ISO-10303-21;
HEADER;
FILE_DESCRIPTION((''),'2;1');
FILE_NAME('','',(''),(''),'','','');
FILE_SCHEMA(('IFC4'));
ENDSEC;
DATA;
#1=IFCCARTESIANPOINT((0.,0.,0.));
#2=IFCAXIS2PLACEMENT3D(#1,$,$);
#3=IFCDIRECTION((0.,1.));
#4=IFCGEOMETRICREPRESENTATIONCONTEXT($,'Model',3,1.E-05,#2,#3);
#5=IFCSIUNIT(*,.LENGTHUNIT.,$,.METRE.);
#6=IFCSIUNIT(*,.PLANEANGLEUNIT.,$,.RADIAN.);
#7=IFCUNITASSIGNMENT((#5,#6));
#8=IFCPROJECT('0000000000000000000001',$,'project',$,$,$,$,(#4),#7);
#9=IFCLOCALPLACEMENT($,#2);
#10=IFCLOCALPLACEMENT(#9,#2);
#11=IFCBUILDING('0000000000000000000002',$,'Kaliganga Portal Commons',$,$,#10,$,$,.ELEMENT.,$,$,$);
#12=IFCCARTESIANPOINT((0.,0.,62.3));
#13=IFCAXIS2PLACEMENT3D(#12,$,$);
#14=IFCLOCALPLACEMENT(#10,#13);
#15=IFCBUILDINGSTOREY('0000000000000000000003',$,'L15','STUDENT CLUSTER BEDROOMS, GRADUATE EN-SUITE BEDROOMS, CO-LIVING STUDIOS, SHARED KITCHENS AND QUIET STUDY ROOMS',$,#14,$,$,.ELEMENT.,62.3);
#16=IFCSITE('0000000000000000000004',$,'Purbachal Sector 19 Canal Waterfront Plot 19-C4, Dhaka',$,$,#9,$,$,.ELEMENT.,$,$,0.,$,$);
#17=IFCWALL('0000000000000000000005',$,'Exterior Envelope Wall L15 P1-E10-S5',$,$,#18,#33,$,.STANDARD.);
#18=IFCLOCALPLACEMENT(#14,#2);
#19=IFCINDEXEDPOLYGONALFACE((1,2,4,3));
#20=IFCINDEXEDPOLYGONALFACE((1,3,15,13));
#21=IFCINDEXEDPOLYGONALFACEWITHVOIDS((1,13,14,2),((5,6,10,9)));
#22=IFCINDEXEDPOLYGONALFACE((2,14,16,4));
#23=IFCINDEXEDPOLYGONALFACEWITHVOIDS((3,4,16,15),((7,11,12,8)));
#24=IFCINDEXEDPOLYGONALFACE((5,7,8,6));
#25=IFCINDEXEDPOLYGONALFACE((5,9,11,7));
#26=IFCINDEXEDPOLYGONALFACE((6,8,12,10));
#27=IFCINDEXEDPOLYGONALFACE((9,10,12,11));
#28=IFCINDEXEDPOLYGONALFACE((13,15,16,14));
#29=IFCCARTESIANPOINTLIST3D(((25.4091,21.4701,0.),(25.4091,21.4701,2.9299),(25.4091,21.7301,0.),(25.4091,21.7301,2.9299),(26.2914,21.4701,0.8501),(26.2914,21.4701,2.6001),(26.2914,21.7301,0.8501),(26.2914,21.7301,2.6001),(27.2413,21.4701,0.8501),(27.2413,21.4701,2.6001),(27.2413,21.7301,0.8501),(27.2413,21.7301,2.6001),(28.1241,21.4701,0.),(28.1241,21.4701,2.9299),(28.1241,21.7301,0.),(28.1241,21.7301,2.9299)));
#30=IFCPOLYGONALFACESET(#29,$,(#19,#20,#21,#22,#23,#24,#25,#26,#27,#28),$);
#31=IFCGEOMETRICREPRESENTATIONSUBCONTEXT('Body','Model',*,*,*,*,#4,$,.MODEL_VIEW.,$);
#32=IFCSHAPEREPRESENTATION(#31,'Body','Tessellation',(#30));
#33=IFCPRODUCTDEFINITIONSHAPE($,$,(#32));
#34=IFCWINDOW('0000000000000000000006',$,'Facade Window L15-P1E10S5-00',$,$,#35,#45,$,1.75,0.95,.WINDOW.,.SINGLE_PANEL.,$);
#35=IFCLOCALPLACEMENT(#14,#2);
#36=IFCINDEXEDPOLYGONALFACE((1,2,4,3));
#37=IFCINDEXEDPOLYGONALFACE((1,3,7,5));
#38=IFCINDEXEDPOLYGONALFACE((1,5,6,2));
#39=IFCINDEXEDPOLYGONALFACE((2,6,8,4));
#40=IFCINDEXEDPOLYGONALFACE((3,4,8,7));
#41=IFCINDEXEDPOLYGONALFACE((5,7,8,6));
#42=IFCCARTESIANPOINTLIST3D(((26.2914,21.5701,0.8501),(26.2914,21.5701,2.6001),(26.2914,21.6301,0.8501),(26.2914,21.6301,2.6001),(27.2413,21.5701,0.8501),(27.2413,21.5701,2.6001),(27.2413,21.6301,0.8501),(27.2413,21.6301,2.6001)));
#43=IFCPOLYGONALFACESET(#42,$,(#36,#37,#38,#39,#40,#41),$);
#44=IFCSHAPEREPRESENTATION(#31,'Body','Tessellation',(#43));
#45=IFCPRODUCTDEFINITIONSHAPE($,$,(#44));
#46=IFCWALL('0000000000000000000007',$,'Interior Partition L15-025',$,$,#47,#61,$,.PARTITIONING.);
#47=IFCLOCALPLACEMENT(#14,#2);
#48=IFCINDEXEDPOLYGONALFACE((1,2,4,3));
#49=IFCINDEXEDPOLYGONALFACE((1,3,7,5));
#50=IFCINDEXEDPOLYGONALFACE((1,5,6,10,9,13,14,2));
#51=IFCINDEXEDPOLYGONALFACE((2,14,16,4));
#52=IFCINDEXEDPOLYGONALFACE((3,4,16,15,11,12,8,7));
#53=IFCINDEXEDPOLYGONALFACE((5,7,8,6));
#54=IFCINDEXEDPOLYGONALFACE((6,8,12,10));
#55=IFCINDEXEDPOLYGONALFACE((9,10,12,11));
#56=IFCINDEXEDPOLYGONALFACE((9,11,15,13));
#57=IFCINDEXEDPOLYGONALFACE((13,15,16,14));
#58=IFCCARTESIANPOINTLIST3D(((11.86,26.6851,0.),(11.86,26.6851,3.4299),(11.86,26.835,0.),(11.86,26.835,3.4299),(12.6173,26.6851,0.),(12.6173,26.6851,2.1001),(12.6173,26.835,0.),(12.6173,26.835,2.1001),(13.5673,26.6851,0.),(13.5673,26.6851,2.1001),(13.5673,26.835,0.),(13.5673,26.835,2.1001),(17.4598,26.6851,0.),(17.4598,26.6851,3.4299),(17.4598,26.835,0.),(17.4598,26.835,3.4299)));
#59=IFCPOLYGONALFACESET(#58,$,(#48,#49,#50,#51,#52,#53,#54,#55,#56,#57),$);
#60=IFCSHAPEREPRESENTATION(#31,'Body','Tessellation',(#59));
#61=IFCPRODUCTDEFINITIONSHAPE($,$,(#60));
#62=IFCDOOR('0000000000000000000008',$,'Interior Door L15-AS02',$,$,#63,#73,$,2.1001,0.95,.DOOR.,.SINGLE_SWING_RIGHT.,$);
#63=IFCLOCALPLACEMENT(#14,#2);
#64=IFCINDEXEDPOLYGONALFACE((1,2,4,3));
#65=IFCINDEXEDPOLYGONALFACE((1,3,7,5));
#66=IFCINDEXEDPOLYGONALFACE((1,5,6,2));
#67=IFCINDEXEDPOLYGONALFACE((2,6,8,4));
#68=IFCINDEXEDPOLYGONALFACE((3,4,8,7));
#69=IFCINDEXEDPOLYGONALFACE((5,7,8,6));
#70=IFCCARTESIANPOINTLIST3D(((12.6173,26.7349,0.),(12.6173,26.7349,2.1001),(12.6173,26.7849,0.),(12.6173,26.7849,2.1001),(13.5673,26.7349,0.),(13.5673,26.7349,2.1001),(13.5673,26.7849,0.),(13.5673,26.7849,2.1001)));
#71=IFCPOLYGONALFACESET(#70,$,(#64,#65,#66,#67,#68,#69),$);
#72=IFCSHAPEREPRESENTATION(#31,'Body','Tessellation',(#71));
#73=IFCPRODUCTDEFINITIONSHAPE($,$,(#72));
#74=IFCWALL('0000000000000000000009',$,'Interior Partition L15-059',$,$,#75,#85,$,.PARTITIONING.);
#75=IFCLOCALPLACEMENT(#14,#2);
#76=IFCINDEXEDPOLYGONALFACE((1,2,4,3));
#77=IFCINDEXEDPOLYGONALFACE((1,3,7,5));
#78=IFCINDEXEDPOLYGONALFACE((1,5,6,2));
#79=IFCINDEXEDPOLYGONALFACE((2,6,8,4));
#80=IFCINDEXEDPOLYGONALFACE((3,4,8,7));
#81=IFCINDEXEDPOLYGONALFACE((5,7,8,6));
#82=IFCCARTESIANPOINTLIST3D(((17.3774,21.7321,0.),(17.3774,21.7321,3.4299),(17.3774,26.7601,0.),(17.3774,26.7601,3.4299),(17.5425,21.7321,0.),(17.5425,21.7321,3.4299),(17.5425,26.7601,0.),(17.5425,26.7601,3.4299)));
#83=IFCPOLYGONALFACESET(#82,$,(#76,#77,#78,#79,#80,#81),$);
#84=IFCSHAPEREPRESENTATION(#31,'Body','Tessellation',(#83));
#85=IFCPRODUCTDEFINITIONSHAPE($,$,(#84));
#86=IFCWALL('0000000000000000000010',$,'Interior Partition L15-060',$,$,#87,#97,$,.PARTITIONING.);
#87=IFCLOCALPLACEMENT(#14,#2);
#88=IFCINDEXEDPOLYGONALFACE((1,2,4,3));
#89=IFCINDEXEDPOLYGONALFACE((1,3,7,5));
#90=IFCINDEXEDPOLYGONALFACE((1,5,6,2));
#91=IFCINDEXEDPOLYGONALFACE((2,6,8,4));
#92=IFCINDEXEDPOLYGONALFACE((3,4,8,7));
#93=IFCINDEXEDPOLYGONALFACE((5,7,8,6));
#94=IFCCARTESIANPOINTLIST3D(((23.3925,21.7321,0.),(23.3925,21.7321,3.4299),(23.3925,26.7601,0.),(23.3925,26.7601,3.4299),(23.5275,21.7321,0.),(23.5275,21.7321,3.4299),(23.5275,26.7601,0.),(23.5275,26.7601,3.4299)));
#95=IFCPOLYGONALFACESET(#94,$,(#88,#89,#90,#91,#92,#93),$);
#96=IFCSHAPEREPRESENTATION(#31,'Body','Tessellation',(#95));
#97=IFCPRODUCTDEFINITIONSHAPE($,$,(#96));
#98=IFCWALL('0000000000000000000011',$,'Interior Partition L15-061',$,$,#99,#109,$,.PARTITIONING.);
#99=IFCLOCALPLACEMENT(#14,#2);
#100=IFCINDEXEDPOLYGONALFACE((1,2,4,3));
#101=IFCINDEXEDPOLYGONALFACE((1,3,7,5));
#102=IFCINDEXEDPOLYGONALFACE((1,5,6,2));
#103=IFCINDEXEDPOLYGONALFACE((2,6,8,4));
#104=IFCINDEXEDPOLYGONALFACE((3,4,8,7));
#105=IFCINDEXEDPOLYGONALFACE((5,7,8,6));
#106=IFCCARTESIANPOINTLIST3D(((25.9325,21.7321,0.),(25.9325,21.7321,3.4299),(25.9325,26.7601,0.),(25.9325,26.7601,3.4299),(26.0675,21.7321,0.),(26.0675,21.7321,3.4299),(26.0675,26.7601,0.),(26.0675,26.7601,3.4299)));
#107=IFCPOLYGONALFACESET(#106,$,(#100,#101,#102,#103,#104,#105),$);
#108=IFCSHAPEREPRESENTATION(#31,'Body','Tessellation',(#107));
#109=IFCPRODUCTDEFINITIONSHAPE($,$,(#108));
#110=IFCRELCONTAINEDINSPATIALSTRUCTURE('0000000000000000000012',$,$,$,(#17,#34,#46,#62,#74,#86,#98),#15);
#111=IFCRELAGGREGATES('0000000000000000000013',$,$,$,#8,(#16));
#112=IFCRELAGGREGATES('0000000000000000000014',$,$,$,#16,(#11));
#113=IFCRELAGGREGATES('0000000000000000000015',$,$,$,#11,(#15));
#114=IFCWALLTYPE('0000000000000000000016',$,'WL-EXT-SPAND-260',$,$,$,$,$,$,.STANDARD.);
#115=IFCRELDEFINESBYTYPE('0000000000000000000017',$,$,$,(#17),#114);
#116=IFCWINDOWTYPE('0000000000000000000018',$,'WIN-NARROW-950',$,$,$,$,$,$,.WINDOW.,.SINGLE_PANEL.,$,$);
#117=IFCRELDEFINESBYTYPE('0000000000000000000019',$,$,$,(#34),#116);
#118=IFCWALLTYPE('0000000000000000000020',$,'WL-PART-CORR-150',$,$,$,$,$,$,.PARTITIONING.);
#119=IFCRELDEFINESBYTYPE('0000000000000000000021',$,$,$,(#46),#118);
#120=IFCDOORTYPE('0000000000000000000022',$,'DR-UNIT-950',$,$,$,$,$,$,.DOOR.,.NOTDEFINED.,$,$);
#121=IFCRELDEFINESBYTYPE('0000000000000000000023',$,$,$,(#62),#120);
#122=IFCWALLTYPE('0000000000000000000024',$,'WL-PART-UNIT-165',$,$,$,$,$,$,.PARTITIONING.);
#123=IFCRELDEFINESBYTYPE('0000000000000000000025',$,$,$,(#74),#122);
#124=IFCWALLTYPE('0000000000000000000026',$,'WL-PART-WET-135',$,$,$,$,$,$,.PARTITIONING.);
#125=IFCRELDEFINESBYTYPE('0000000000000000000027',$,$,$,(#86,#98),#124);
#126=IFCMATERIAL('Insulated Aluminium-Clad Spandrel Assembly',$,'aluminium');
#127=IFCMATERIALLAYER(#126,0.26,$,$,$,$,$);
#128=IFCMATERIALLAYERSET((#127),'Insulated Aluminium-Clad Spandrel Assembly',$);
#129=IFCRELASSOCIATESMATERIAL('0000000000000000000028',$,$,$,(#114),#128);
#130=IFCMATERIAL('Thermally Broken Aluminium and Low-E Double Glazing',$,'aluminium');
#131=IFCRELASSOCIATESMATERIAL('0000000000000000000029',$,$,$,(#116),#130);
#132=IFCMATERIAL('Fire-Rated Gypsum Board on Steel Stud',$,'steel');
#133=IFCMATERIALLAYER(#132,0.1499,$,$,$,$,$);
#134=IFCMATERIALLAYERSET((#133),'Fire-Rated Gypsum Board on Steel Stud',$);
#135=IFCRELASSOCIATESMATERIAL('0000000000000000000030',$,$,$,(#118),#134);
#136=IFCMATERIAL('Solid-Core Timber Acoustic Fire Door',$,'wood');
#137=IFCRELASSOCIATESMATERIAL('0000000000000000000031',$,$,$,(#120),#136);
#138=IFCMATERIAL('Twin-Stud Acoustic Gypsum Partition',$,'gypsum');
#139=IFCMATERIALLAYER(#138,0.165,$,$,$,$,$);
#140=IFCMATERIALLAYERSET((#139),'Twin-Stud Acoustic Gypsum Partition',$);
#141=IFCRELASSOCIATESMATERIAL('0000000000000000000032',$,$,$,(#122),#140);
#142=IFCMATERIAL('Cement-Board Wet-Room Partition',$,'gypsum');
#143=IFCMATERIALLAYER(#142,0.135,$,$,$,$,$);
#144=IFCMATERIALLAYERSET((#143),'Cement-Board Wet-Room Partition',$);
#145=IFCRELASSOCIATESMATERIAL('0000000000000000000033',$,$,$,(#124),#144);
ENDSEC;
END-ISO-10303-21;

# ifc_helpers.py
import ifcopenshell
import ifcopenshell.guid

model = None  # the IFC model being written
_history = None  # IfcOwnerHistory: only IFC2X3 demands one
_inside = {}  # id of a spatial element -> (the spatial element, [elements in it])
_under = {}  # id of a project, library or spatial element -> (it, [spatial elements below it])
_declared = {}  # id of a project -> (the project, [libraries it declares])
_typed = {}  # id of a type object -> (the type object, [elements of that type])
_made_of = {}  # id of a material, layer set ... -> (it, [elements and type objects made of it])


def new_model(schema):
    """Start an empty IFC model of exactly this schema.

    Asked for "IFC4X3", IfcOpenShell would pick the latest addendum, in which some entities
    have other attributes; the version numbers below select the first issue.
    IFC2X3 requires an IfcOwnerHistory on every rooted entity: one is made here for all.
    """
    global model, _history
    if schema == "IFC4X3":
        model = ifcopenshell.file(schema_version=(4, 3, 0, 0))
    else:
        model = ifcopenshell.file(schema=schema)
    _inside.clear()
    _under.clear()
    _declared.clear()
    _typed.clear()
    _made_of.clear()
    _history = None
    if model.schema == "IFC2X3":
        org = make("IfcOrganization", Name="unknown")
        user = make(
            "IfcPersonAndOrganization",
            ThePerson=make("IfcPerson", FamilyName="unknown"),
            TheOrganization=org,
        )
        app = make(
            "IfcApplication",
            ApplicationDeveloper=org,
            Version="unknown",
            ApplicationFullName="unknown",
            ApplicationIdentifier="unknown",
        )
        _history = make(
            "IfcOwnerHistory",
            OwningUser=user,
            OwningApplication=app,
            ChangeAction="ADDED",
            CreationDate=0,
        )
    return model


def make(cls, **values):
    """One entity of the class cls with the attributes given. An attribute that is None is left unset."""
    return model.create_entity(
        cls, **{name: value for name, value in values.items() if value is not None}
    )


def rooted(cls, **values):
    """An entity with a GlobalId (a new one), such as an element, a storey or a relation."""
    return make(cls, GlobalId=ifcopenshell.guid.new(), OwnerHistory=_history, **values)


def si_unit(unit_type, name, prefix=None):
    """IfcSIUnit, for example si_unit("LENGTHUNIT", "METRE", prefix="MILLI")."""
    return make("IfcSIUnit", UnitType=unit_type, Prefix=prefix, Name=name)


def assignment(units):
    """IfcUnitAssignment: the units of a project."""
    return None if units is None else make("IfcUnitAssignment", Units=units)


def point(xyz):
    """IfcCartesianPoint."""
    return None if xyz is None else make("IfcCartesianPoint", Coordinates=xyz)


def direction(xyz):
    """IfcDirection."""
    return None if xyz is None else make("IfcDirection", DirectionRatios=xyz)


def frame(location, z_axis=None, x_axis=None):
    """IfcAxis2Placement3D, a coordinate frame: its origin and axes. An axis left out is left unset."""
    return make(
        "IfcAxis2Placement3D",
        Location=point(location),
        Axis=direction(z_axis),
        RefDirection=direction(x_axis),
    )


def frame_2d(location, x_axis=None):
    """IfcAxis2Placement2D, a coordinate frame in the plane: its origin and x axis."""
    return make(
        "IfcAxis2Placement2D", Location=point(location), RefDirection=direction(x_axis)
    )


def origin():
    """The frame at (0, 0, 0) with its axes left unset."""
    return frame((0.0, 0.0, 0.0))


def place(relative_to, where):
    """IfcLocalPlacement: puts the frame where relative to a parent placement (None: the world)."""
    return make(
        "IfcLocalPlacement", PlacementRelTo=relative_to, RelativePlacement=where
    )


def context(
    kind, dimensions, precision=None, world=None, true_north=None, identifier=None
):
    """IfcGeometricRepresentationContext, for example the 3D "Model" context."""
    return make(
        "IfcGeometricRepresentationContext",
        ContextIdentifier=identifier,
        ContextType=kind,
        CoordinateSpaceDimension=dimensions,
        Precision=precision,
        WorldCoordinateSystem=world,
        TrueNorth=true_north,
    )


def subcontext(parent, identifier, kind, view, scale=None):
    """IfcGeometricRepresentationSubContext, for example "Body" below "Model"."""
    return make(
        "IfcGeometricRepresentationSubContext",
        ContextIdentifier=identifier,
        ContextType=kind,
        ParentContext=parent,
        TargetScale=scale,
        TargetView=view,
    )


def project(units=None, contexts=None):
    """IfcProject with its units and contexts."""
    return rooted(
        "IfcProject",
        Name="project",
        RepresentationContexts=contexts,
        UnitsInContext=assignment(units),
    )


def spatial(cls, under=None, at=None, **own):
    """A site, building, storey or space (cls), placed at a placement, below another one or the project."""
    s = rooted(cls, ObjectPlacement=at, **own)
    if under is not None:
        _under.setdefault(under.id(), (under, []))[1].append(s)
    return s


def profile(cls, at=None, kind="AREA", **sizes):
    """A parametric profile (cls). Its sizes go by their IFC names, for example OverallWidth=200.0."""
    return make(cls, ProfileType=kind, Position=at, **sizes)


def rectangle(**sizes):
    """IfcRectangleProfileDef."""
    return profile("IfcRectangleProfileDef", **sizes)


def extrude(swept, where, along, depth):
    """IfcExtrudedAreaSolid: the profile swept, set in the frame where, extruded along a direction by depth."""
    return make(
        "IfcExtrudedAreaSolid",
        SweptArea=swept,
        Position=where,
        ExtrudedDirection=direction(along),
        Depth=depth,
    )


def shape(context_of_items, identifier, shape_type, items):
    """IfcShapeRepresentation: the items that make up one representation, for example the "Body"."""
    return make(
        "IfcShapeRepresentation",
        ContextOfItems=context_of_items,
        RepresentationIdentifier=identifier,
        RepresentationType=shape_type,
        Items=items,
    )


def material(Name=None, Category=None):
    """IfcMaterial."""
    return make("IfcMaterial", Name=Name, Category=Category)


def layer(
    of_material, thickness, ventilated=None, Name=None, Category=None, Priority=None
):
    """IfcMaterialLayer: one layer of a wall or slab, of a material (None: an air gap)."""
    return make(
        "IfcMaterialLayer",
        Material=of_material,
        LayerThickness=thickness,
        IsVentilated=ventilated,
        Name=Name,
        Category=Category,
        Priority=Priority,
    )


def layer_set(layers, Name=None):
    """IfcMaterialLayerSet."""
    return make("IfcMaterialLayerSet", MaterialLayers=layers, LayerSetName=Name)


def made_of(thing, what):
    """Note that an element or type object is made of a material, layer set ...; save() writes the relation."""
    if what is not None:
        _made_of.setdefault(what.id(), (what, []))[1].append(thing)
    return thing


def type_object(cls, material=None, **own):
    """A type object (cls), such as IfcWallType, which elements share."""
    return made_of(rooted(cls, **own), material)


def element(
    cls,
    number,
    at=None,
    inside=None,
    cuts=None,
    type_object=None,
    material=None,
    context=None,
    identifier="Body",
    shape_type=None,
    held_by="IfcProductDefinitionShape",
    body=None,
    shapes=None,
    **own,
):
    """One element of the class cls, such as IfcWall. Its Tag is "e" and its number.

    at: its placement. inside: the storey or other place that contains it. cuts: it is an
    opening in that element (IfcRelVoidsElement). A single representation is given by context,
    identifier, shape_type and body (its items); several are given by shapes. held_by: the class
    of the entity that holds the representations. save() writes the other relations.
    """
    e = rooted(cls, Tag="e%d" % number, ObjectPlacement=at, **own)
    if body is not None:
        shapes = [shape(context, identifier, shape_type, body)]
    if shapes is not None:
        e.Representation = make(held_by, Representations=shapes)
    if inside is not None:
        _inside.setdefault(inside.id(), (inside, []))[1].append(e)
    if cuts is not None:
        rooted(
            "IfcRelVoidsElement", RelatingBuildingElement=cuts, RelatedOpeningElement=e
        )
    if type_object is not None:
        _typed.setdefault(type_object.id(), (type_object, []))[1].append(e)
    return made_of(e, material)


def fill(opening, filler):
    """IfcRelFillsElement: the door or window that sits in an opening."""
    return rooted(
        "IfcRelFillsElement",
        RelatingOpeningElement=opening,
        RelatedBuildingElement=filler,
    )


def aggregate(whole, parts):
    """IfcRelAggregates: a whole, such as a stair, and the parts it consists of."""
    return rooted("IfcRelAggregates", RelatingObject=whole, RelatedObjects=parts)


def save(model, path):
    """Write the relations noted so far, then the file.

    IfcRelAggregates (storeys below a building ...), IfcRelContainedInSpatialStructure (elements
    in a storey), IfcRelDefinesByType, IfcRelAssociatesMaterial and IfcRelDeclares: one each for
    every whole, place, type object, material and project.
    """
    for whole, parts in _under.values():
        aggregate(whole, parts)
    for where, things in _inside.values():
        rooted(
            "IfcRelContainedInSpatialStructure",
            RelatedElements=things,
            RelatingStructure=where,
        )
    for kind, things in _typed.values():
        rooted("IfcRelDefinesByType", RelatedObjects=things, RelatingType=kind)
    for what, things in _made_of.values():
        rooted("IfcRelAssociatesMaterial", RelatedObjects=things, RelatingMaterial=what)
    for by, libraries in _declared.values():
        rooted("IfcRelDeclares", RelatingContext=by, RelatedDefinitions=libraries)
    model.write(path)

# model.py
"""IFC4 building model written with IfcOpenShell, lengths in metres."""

from ifc_helpers import new_model, si_unit, direction, frame, frame_2d, origin, place, context, subcontext, project, spatial, rectangle, extrude, material, layer, layer_set, type_object, element, fill, save


model = new_model("IFC4")

# Units and contexts
model_context = context("Model", 3, precision=1e-05, world=origin(), true_north=direction((0.0, 1.0)))
body_context = subcontext(model_context, "Body", "Model", "MODEL_VIEW")
ifc_project = project(units=[si_unit("LENGTHUNIT", "METRE"), si_unit("PLANEANGLEUNIT", "RADIAN")], contexts=[model_context])

# Site, building, storey
site_placement = place(None, origin())
site = spatial("IfcSite", under=ifc_project, at=site_placement, Name="Purbachal Sector 19 Canal Waterfront Plot 19-C4, Dhaka", CompositionType="ELEMENT", RefElevation=0.0)
building_placement = place(site_placement, origin())
building = spatial("IfcBuilding", under=site, at=building_placement, Name="Kaliganga Portal Commons", CompositionType="ELEMENT")
storey_placement = place(building_placement, frame((0.0, 0.0, 62.3)))
storey = spatial("IfcBuildingStorey", under=building, at=storey_placement, Name="L15", Description="STUDENT CLUSTER BEDROOMS, GRADUATE EN-SUITE BEDROOMS, CO-LIVING STUDIOS, SHARED KITCHENS AND QUIET STUDY ROOMS", CompositionType="ELEMENT", Elevation=62.3)

# Shared definitions
ifc_material_1 = material(Name="Insulated Aluminium-Clad Spandrel Assembly", Category="aluminium")
ifc_layer_1 = layer(ifc_material_1, 0.26)
ifc_layer_set_1 = layer_set([ifc_layer_1], Name="Insulated Aluminium-Clad Spandrel Assembly")
wall_type_1 = type_object("IfcWallType", Name="WL-EXT-SPAND-260", PredefinedType="STANDARD", material=ifc_layer_set_1)
ifc_material_2 = material(Name="Thermally Broken Aluminium and Low-E Double Glazing", Category="aluminium")

# Wall, opening, window
window_type_1 = type_object("IfcWindowType", Name="WIN-NARROW-950", PartitioningType="SINGLE_PANEL", PredefinedType="WINDOW", material=ifc_material_2)
wall_1_placement = place(storey_placement, frame((28.124, 21.6001, 0.0), z_axis=(0.0, 0.0, 1.0), x_axis=(-1.0, 0.0, 0.0)))
wall_1 = element("IfcWall", 1, at=wall_1_placement, inside=storey, type_object=wall_type_1, Name="Exterior Envelope Wall L15 P1-E10-S5", PredefinedType="STANDARD", context=body_context, shape_type="SweptSolid", body=[
    extrude(rectangle(XDim=2.7151, YDim=0.26, at=frame_2d((1.3574, 0.0))), origin(), (0.0, 0.0, 1.0), 2.9299),
])
opening_1_placement = place(wall_1_placement, frame((0.8826, 0.0, 0.8501)))
opening_1 = element("IfcOpeningElement", 2, at=opening_1_placement, cuts=wall_1, PredefinedType="OPENING", context=body_context, shape_type="SweptSolid", body=[
    extrude(rectangle(XDim=0.95, YDim=1.75, at=frame_2d((0.4751, 0.875))), frame((0.0, 0.1401, 0.0), z_axis=(0.0, -1.0, 0.0), x_axis=(1.0, 0.0, 0.0)), (0.0, 0.0, 1.0), 0.28),
])
window_1_placement = place(opening_1_placement, origin())
window_1 = element("IfcWindow", 3, at=window_1_placement, inside=storey, type_object=window_type_1, Name="Facade Window L15-P1E10S5-00", OverallHeight=1.75, OverallWidth=0.95, PartitioningType="SINGLE_PANEL", PredefinedType="WINDOW", context=body_context, shape_type="SweptSolid", body=[
    extrude(rectangle(XDim=0.95, YDim=1.75, at=frame_2d((0.4751, 0.875))), frame((0.0, 0.03, 0.0), z_axis=(0.0, -1.0, 0.0), x_axis=(1.0, 0.0, 0.0)), (0.0, 0.0, 1.0), 0.0601),
])
fill(opening_1, window_1)

# Wall, opening, door
ifc_material_3 = material(Name="Fire-Rated Gypsum Board on Steel Stud", Category="steel")
ifc_layer_2 = layer(ifc_material_3, 0.1499)
ifc_layer_set_2 = layer_set([ifc_layer_2], Name="Fire-Rated Gypsum Board on Steel Stud")
wall_type_2 = type_object("IfcWallType", Name="WL-PART-CORR-150", PredefinedType="PARTITIONING", material=ifc_layer_set_2)
wall_2_placement = place(storey_placement, frame((11.8601, 26.76, 0.0), z_axis=(0.0, 0.0, 1.0), x_axis=(1.0, 0.0, 0.0)))
wall_2 = element("IfcWall", 4, at=wall_2_placement, inside=storey, type_object=wall_type_2, Name="Interior Partition L15-025", PredefinedType="PARTITIONING", context=body_context, shape_type="SweptSolid", body=[
    extrude(rectangle(XDim=5.5999, YDim=0.1499, at=frame_2d((2.7998, 0.0))), origin(), (0.0, 0.0, 1.0), 3.4299),
])
opening_2_placement = place(wall_2_placement, frame((0.7571, 0.0, 0.0)))
opening_2 = element("IfcOpeningElement", 5, at=opening_2_placement, cuts=wall_2, PredefinedType="OPENING", context=body_context, shape_type="SweptSolid", body=[
    extrude(rectangle(XDim=0.95, YDim=2.1001, at=frame_2d((0.4751, 1.05))), frame((0.0, 0.085, 0.0), z_axis=(0.0, -1.0, 0.0), x_axis=(1.0, 0.0, 0.0)), (0.0, 0.0, 1.0), 0.1699),
])
ifc_material_4 = material(Name="Solid-Core Timber Acoustic Fire Door", Category="wood")
door_type = type_object("IfcDoorType", Name="DR-UNIT-950", OperationType="NOTDEFINED", PredefinedType="DOOR", material=ifc_material_4)
door_placement = place(opening_2_placement, origin())
door = element("IfcDoor", 6, at=door_placement, inside=storey, type_object=door_type, Name="Interior Door L15-AS02", OperationType="SINGLE_SWING_RIGHT", OverallHeight=2.1001, OverallWidth=0.95, PredefinedType="DOOR", context=body_context, shape_type="SweptSolid", body=[
    extrude(rectangle(XDim=0.95, YDim=2.1001, at=frame_2d((0.4751, 1.05))), frame((0.0, 0.0249, 0.0), z_axis=(0.0, -1.0, 0.0), x_axis=(1.0, 0.0, 0.0)), (0.0, 0.0, 1.0), 0.05),
])
fill(opening_2, door)

# Walls
ifc_material_5 = material(Name="Twin-Stud Acoustic Gypsum Partition", Category="gypsum")
ifc_layer_3 = layer(ifc_material_5, 0.165)
ifc_layer_set_3 = layer_set([ifc_layer_3], Name="Twin-Stud Acoustic Gypsum Partition")
wall_type_3 = type_object("IfcWallType", Name="WL-PART-UNIT-165", PredefinedType="PARTITIONING", material=ifc_layer_set_3)
wall_3_placement = place(storey_placement, frame((17.46, 21.7319, 0.0), z_axis=(0.0, 0.0, 1.0), x_axis=(0.0, 1.0, 0.0)))
element("IfcWall", 7, at=wall_3_placement, inside=storey, type_object=wall_type_3, Name="Interior Partition L15-059", PredefinedType="PARTITIONING", context=body_context, shape_type="SweptSolid", body=[
    extrude(rectangle(XDim=5.0281, YDim=0.165, at=frame_2d((2.5142, 0.0))), origin(), (0.0, 0.0, 1.0), 3.4299),
])
ifc_material_6 = material(Name="Cement-Board Wet-Room Partition", Category="gypsum")
ifc_layer_4 = layer(ifc_material_6, 0.135)
ifc_layer_set_4 = layer_set([ifc_layer_4], Name="Cement-Board Wet-Room Partition")
wall_type_4 = type_object("IfcWallType", Name="WL-PART-WET-135", PredefinedType="PARTITIONING", material=ifc_layer_set_4)
for number, where, z_axis, x_axis, name in (
    (8, (23.46, 21.7319, 0.0), (0.0, 0.0, 1.0), (0.0, 1.0, 0.0), "Interior Partition L15-060"),
    (9, (26.0, 21.7319, 0.0), (0.0, 0.0, 1.0), (0.0, 1.0, 0.0), "Interior Partition L15-061"),
):
    element("IfcWall", number, at=place(storey_placement, frame(where, z_axis=z_axis, x_axis=x_axis)), inside=storey, type_object=wall_type_4, Name=name, PredefinedType="PARTITIONING", context=body_context, shape_type="SweptSolid", body=[
        extrude(rectangle(XDim=5.0281, YDim=0.135, at=frame_2d((2.5142, 0.0))), origin(), (0.0, 0.0, 1.0), 3.4299),
    ])

save(model, "model.ifc")
